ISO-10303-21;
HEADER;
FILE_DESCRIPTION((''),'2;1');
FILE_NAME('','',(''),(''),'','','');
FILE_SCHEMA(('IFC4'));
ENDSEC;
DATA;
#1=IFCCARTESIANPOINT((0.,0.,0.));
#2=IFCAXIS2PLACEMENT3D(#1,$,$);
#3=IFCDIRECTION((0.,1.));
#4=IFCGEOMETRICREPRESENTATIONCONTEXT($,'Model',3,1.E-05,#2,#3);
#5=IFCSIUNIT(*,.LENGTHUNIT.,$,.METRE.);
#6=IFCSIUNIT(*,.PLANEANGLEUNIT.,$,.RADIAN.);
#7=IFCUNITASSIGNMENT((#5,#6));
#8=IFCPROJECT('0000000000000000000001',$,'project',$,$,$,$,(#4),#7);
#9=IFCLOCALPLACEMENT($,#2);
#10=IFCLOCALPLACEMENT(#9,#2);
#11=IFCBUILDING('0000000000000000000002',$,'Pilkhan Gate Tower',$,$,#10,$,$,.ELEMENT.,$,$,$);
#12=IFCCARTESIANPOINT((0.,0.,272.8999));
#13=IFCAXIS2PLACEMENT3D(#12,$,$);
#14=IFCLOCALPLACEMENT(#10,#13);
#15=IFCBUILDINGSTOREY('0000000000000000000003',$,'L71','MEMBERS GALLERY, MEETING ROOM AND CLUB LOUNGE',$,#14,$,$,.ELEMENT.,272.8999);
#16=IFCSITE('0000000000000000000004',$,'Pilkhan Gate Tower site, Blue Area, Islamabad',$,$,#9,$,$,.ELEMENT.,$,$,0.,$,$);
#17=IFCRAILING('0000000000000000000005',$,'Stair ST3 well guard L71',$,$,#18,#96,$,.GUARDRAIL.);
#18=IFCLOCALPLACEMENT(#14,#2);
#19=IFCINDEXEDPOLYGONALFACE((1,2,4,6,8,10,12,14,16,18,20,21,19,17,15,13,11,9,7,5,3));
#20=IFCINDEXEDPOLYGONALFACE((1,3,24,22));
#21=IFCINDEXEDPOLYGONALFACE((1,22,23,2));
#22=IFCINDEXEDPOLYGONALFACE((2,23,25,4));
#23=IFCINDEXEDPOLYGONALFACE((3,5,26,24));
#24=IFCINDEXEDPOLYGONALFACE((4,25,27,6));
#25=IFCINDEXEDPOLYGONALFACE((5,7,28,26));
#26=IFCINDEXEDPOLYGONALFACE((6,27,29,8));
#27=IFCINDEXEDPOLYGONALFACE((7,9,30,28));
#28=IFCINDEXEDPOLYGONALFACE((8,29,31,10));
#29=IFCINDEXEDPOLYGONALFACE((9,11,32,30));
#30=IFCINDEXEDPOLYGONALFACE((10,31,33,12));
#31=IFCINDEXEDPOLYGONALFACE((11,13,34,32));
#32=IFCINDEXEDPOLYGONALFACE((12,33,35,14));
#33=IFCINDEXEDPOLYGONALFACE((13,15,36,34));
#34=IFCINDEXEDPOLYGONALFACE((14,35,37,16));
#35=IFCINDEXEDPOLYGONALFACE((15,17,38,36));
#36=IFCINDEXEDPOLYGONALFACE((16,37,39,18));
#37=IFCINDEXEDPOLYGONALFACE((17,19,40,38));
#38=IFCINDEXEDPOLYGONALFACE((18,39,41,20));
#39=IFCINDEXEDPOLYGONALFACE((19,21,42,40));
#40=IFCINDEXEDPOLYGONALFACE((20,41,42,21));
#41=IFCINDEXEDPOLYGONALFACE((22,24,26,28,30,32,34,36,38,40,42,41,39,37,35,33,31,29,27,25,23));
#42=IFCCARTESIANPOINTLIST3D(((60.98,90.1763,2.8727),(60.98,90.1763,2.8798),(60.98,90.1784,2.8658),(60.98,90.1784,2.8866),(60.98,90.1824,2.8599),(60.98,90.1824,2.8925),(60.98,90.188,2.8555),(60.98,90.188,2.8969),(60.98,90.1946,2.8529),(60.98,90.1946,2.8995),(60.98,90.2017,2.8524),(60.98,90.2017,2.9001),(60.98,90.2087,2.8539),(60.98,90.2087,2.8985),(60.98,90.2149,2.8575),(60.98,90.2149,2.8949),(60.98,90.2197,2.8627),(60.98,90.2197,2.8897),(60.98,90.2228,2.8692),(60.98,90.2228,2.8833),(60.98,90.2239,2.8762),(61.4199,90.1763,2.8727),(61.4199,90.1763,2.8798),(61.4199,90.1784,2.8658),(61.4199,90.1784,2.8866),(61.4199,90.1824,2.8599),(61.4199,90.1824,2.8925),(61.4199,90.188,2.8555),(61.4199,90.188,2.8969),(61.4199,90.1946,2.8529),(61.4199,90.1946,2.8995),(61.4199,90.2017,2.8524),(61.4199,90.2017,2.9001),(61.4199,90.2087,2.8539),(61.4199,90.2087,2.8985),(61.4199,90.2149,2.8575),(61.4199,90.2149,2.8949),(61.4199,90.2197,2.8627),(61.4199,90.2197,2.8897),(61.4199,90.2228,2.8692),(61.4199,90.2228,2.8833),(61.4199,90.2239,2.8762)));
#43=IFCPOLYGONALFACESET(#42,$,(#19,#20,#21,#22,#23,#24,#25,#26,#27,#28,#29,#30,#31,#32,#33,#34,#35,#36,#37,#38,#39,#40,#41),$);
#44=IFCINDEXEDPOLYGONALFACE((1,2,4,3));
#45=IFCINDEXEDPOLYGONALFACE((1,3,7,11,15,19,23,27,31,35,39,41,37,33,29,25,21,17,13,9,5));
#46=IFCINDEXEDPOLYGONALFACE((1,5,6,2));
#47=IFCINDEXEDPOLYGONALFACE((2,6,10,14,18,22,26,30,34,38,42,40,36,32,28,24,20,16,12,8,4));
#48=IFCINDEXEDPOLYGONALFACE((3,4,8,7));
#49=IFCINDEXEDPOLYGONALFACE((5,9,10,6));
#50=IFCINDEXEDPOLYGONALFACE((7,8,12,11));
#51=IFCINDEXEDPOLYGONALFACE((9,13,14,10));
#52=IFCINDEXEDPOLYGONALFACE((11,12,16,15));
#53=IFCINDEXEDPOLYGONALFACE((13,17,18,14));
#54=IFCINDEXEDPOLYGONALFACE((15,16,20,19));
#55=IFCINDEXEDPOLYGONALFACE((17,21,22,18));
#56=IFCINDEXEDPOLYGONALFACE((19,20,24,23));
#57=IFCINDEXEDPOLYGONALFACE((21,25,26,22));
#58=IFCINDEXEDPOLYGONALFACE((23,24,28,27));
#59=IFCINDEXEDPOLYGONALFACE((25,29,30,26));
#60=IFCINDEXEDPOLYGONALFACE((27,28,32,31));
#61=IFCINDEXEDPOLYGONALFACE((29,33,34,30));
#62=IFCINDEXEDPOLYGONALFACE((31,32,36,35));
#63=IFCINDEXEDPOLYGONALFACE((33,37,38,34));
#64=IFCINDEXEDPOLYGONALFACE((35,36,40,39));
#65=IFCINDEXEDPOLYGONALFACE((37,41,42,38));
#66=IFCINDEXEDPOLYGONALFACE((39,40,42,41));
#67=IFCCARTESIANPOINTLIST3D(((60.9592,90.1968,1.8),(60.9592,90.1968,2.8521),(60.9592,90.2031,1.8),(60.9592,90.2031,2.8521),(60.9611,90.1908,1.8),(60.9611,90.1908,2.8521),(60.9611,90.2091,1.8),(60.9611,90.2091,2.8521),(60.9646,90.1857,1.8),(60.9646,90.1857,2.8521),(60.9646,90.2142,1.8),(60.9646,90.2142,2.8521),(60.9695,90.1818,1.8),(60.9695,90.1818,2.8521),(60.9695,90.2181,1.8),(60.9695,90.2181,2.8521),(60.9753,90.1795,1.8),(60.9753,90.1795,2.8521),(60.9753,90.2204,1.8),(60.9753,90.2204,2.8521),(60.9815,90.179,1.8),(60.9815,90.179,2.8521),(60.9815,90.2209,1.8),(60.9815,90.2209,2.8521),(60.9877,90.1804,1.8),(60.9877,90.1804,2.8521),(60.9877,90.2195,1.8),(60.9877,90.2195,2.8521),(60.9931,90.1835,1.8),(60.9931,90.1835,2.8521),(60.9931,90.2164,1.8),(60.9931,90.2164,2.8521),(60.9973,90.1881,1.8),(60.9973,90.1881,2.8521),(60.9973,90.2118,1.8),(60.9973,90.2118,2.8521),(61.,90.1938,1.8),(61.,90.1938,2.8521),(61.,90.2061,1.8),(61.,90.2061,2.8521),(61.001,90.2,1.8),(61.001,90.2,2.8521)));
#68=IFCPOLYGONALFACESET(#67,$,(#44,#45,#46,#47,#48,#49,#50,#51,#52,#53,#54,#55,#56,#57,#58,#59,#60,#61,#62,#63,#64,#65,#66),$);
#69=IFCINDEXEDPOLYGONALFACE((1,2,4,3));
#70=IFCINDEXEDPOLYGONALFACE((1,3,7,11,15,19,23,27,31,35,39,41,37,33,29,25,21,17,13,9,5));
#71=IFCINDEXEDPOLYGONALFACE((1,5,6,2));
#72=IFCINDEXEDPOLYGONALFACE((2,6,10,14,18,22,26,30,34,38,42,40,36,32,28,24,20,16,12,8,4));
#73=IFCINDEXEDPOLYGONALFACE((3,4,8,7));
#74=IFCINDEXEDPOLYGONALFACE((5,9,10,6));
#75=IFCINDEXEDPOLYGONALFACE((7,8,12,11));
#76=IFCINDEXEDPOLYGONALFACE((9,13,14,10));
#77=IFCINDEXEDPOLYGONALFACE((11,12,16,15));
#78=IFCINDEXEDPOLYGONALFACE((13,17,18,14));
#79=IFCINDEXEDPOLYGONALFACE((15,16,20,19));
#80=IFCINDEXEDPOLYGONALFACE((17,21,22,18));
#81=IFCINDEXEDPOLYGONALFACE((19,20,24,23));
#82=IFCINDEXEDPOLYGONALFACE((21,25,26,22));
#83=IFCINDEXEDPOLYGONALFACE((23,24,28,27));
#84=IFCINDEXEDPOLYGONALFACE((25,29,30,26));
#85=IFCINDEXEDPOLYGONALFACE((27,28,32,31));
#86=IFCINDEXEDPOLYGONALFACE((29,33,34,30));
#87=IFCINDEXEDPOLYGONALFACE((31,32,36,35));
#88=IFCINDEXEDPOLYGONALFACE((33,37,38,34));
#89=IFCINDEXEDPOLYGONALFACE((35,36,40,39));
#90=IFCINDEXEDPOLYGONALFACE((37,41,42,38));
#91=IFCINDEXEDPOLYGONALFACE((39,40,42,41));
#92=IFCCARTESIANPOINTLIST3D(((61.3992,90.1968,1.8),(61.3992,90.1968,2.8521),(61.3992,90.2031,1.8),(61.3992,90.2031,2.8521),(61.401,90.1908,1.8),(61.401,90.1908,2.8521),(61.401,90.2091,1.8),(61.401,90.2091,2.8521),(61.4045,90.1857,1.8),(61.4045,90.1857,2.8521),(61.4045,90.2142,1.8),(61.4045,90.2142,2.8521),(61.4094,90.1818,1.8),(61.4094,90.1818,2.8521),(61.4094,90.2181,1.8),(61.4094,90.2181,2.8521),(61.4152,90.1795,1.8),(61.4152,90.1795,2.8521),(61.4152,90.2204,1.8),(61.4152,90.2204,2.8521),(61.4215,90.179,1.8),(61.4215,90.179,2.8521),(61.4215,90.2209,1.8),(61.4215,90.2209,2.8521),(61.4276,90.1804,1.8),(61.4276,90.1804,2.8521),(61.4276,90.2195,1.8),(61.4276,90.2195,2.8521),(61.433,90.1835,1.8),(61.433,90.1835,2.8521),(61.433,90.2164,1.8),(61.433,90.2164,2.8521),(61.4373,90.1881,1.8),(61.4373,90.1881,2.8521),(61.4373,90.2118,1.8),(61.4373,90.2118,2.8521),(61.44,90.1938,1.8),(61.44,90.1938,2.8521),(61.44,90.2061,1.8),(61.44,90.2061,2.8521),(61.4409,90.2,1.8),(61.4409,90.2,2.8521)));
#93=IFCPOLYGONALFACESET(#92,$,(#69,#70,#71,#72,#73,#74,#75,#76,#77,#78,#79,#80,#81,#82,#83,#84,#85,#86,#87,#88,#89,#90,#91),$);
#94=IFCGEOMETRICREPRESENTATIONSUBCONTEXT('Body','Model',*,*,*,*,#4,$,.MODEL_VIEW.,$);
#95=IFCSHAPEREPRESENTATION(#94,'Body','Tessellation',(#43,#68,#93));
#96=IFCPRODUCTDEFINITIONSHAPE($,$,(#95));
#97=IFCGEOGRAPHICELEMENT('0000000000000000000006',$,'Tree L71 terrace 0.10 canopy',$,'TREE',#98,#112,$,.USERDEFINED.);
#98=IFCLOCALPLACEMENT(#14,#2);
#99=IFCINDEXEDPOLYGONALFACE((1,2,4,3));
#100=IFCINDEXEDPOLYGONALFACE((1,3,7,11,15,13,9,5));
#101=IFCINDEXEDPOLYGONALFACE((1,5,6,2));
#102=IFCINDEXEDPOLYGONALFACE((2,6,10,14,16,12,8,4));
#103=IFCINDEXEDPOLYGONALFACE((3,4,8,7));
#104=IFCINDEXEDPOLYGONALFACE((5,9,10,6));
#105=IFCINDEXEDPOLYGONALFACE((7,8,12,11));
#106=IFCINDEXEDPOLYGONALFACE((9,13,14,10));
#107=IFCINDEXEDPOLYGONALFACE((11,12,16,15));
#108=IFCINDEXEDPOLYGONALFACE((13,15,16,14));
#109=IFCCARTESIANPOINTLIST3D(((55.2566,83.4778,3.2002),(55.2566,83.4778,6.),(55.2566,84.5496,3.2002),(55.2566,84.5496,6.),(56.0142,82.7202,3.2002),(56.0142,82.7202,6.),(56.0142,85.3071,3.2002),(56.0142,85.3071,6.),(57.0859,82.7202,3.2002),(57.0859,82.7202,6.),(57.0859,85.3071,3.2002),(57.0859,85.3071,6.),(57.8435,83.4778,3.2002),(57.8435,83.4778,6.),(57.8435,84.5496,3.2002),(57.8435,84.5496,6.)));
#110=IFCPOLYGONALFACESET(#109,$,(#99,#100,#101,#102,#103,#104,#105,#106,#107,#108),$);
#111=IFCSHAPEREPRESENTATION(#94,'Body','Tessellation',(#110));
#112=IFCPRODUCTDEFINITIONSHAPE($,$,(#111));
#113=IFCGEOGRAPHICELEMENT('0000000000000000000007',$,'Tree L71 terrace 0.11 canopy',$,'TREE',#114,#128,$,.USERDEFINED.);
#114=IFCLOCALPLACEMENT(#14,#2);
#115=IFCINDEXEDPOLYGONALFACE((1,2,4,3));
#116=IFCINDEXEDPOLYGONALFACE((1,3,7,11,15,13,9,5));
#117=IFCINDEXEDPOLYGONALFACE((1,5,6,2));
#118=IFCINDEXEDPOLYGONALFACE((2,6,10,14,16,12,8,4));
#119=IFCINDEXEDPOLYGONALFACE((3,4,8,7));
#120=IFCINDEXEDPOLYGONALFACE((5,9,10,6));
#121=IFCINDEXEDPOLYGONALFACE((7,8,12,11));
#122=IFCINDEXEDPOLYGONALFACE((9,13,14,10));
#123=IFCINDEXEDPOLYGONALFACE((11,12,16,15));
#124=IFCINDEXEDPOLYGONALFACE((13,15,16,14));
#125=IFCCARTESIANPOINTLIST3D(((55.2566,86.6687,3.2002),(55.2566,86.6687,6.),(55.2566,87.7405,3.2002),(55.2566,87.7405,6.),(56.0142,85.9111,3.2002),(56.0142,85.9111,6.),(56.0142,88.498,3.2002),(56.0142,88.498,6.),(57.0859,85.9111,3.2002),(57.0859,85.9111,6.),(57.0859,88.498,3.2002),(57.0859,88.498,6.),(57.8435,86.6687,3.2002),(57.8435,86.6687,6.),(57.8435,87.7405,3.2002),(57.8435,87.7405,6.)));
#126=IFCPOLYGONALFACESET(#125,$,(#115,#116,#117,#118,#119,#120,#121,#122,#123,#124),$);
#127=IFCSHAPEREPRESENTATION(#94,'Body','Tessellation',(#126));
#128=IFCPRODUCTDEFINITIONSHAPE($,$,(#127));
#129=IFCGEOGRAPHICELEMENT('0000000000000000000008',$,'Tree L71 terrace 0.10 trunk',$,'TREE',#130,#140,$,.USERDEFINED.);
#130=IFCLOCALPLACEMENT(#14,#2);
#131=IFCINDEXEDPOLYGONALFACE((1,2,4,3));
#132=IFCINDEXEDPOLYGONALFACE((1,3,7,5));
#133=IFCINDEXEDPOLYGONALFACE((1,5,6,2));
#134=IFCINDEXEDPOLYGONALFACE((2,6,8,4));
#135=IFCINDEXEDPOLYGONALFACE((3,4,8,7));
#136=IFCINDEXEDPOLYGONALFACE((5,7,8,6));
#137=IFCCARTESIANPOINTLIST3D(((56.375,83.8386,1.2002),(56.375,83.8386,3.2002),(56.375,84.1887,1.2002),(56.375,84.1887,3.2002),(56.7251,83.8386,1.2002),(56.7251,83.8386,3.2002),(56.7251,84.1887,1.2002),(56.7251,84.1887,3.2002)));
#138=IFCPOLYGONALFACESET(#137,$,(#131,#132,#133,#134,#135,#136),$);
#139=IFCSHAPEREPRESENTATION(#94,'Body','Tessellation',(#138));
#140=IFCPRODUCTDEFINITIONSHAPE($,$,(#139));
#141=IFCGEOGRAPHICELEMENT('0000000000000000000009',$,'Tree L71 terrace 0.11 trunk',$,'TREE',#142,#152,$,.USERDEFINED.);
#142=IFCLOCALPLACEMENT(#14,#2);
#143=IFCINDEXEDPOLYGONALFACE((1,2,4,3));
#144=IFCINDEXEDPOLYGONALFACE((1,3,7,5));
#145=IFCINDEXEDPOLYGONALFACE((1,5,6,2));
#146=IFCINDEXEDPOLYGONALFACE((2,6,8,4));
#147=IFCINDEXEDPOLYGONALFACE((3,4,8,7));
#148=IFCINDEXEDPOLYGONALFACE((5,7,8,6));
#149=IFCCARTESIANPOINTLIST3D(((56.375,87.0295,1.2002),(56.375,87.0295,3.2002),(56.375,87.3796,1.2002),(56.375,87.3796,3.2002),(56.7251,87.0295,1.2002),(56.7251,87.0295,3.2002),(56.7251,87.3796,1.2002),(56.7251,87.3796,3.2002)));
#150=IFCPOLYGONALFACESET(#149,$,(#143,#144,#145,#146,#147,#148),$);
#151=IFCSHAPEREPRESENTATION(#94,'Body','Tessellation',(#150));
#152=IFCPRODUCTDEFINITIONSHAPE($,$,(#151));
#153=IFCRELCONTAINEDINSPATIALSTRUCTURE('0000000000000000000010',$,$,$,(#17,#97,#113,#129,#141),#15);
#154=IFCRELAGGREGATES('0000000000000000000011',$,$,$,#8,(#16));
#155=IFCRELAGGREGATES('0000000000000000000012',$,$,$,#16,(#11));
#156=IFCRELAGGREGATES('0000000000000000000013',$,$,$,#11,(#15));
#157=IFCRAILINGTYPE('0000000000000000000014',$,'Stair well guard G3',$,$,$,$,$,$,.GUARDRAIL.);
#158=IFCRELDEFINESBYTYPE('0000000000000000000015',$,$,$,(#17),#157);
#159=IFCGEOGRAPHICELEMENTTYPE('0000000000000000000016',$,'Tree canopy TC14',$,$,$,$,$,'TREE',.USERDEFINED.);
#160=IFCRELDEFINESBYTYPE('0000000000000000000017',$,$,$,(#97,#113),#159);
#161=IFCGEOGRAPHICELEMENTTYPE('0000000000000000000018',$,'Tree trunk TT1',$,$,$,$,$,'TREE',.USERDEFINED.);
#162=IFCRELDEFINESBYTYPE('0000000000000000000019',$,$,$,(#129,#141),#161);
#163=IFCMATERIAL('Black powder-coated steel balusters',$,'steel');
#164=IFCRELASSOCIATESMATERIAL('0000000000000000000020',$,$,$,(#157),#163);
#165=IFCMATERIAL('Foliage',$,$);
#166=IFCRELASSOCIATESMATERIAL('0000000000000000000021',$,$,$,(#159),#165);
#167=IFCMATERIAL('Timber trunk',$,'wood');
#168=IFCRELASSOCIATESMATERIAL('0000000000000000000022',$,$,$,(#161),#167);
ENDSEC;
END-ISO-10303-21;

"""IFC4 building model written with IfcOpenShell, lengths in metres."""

from ifc_helpers import new_model, si_unit, direction, frame, origin, origin_2d, place, context, subcontext, project, spatial, polyline, rectangle, circle, outline, extrude, material, material_profile, profile_set, type_object, element, save


model = new_model("IFC4")

# Units and contexts
model_context = context("Model", 3, precision=1e-05, world=origin(), true_north=direction((0.0, 1.0)))
body_context = subcontext(model_context, "Body", "Model", "MODEL_VIEW")
ifc_project = project(units=[si_unit("LENGTHUNIT", "METRE"), si_unit("PLANEANGLEUNIT", "RADIAN")], contexts=[model_context])

# Site, building, storey
site_placement = place(None, origin())
site = spatial("IfcSite", under=ifc_project, at=site_placement, Name="Pilkhan Gate Tower site, Blue Area, Islamabad", CompositionType="ELEMENT", RefElevation=0.0)
building_placement = place(site_placement, origin())
building = spatial("IfcBuilding", under=site, at=building_placement, Name="Pilkhan Gate Tower", CompositionType="ELEMENT")
storey_placement = place(building_placement, frame((0.0, 0.0, 272.8999)))
storey = spatial("IfcBuildingStorey", under=building, at=storey_placement, Name="L71", Description="MEMBERS GALLERY, MEETING ROOM AND CLUB LOUNGE", CompositionType="ELEMENT", Elevation=272.8999)

# Railing
ifc_material_1 = material(Name="Black powder-coated steel balusters", Category="steel")
railing_type_1 = type_object("IfcRailingType", Name="Stair well guard G3", PredefinedType="GUARDRAIL", material=ifc_material_1)
railing_1_placement = place(storey_placement, frame((60.98, 90.2, 1.8)))
element("IfcRailing", 1, at=railing_1_placement, inside=storey, type_object=railing_type_1, Name="Stair ST3 well guard L71", PredefinedType="GUARDRAIL", context=body_context, shape_type="SweptSolid", body=[
    extrude(circle(Radius=0.0239, at=origin_2d()), frame((0.0, 0.0, 1.0762), z_axis=(1.0, 0.0, 0.0), x_axis=(0.0, 1.0, 0.0)), (0.0, 0.0, 1.0), 0.4399),
    extrude(circle(Radius=0.021, at=origin_2d()), origin(), (0.0, 0.0, 1.0), 1.052),
    extrude(circle(Radius=0.021, at=origin_2d()), frame((0.4399, 0.0, 0.0)), (0.0, 0.0, 1.0), 1.052),
])

# Geographic elements
ifc_material_2 = material(Name="Foliage")
ifc_material_profile_1 = material_profile(ifc_material_2, outline(polyline([(1.2935, 0.5359), (0.5359, 1.2935), (-0.5359, 1.2935), (-1.2935, 0.5359), (-1.2935, -0.5359), (-0.5359, -1.2935), (0.5359, -1.2935), (1.2935, -0.5359), (1.2935, 0.5359)])), Name="Canopy D2.8")
ifc_profile_set_1 = profile_set([ifc_material_profile_1], Name="Foliage")
geographic_element_type_1 = type_object("IfcGeographicElementType", Name="Tree canopy TC14", ElementType="TREE", PredefinedType="USERDEFINED", material=ifc_profile_set_1)
for number, where, z_axis, x_axis, name in (
    (2, (56.55, 84.0137, 3.2002), (0.0, 0.0, 1.0), (1.0, 0.0, 0.0), "Tree L71 terrace 0.10 canopy"),
    (3, (56.55, 87.2046, 3.2002), (0.0, 0.0, 1.0), (1.0, 0.0, 0.0), "Tree L71 terrace 0.11 canopy"),
):
    element("IfcGeographicElement", number, at=place(storey_placement, frame(where, z_axis=z_axis, x_axis=x_axis)), inside=storey, type_object=geographic_element_type_1, Name=name, ObjectType="TREE", PredefinedType="USERDEFINED", context=body_context, shape_type="SweptSolid", body=[
        extrude(outline(polyline([(1.2935, 0.5359), (0.5359, 1.2935), (-0.5359, 1.2935), (-1.2935, 0.5359), (-1.2935, -0.5359), (-0.5359, -1.2935), (0.5359, -1.2935), (1.2935, -0.5359), (1.2935, 0.5359)])), origin(), (0.0, 0.0, 1.0), 2.7998),
    ])
ifc_material_3 = material(Name="Timber trunk", Category="wood")
geographic_element_type_2 = type_object("IfcGeographicElementType", Name="Tree trunk TT1", ElementType="TREE", PredefinedType="USERDEFINED", material=ifc_material_3)
for number, where, z_axis, x_axis, name in (
    (4, (56.55, 84.0137, 1.2002), (0.0, 0.0, 1.0), (1.0, 0.0, 0.0), "Tree L71 terrace 0.10 trunk"),
    (5, (56.55, 87.2046, 1.2002), (0.0, 0.0, 1.0), (1.0, 0.0, 0.0), "Tree L71 terrace 0.11 trunk"),
):
    element("IfcGeographicElement", number, at=place(storey_placement, frame(where, z_axis=z_axis, x_axis=x_axis)), inside=storey, type_object=geographic_element_type_2, Name=name, ObjectType="TREE", PredefinedType="USERDEFINED", context=body_context, shape_type="SweptSolid", body=[
        extrude(rectangle(XDim=0.3501, YDim=0.3501, at=origin_2d()), origin(), (0.0, 0.0, 1.0), 2.0),
    ])

save(model, "model.ifc")
